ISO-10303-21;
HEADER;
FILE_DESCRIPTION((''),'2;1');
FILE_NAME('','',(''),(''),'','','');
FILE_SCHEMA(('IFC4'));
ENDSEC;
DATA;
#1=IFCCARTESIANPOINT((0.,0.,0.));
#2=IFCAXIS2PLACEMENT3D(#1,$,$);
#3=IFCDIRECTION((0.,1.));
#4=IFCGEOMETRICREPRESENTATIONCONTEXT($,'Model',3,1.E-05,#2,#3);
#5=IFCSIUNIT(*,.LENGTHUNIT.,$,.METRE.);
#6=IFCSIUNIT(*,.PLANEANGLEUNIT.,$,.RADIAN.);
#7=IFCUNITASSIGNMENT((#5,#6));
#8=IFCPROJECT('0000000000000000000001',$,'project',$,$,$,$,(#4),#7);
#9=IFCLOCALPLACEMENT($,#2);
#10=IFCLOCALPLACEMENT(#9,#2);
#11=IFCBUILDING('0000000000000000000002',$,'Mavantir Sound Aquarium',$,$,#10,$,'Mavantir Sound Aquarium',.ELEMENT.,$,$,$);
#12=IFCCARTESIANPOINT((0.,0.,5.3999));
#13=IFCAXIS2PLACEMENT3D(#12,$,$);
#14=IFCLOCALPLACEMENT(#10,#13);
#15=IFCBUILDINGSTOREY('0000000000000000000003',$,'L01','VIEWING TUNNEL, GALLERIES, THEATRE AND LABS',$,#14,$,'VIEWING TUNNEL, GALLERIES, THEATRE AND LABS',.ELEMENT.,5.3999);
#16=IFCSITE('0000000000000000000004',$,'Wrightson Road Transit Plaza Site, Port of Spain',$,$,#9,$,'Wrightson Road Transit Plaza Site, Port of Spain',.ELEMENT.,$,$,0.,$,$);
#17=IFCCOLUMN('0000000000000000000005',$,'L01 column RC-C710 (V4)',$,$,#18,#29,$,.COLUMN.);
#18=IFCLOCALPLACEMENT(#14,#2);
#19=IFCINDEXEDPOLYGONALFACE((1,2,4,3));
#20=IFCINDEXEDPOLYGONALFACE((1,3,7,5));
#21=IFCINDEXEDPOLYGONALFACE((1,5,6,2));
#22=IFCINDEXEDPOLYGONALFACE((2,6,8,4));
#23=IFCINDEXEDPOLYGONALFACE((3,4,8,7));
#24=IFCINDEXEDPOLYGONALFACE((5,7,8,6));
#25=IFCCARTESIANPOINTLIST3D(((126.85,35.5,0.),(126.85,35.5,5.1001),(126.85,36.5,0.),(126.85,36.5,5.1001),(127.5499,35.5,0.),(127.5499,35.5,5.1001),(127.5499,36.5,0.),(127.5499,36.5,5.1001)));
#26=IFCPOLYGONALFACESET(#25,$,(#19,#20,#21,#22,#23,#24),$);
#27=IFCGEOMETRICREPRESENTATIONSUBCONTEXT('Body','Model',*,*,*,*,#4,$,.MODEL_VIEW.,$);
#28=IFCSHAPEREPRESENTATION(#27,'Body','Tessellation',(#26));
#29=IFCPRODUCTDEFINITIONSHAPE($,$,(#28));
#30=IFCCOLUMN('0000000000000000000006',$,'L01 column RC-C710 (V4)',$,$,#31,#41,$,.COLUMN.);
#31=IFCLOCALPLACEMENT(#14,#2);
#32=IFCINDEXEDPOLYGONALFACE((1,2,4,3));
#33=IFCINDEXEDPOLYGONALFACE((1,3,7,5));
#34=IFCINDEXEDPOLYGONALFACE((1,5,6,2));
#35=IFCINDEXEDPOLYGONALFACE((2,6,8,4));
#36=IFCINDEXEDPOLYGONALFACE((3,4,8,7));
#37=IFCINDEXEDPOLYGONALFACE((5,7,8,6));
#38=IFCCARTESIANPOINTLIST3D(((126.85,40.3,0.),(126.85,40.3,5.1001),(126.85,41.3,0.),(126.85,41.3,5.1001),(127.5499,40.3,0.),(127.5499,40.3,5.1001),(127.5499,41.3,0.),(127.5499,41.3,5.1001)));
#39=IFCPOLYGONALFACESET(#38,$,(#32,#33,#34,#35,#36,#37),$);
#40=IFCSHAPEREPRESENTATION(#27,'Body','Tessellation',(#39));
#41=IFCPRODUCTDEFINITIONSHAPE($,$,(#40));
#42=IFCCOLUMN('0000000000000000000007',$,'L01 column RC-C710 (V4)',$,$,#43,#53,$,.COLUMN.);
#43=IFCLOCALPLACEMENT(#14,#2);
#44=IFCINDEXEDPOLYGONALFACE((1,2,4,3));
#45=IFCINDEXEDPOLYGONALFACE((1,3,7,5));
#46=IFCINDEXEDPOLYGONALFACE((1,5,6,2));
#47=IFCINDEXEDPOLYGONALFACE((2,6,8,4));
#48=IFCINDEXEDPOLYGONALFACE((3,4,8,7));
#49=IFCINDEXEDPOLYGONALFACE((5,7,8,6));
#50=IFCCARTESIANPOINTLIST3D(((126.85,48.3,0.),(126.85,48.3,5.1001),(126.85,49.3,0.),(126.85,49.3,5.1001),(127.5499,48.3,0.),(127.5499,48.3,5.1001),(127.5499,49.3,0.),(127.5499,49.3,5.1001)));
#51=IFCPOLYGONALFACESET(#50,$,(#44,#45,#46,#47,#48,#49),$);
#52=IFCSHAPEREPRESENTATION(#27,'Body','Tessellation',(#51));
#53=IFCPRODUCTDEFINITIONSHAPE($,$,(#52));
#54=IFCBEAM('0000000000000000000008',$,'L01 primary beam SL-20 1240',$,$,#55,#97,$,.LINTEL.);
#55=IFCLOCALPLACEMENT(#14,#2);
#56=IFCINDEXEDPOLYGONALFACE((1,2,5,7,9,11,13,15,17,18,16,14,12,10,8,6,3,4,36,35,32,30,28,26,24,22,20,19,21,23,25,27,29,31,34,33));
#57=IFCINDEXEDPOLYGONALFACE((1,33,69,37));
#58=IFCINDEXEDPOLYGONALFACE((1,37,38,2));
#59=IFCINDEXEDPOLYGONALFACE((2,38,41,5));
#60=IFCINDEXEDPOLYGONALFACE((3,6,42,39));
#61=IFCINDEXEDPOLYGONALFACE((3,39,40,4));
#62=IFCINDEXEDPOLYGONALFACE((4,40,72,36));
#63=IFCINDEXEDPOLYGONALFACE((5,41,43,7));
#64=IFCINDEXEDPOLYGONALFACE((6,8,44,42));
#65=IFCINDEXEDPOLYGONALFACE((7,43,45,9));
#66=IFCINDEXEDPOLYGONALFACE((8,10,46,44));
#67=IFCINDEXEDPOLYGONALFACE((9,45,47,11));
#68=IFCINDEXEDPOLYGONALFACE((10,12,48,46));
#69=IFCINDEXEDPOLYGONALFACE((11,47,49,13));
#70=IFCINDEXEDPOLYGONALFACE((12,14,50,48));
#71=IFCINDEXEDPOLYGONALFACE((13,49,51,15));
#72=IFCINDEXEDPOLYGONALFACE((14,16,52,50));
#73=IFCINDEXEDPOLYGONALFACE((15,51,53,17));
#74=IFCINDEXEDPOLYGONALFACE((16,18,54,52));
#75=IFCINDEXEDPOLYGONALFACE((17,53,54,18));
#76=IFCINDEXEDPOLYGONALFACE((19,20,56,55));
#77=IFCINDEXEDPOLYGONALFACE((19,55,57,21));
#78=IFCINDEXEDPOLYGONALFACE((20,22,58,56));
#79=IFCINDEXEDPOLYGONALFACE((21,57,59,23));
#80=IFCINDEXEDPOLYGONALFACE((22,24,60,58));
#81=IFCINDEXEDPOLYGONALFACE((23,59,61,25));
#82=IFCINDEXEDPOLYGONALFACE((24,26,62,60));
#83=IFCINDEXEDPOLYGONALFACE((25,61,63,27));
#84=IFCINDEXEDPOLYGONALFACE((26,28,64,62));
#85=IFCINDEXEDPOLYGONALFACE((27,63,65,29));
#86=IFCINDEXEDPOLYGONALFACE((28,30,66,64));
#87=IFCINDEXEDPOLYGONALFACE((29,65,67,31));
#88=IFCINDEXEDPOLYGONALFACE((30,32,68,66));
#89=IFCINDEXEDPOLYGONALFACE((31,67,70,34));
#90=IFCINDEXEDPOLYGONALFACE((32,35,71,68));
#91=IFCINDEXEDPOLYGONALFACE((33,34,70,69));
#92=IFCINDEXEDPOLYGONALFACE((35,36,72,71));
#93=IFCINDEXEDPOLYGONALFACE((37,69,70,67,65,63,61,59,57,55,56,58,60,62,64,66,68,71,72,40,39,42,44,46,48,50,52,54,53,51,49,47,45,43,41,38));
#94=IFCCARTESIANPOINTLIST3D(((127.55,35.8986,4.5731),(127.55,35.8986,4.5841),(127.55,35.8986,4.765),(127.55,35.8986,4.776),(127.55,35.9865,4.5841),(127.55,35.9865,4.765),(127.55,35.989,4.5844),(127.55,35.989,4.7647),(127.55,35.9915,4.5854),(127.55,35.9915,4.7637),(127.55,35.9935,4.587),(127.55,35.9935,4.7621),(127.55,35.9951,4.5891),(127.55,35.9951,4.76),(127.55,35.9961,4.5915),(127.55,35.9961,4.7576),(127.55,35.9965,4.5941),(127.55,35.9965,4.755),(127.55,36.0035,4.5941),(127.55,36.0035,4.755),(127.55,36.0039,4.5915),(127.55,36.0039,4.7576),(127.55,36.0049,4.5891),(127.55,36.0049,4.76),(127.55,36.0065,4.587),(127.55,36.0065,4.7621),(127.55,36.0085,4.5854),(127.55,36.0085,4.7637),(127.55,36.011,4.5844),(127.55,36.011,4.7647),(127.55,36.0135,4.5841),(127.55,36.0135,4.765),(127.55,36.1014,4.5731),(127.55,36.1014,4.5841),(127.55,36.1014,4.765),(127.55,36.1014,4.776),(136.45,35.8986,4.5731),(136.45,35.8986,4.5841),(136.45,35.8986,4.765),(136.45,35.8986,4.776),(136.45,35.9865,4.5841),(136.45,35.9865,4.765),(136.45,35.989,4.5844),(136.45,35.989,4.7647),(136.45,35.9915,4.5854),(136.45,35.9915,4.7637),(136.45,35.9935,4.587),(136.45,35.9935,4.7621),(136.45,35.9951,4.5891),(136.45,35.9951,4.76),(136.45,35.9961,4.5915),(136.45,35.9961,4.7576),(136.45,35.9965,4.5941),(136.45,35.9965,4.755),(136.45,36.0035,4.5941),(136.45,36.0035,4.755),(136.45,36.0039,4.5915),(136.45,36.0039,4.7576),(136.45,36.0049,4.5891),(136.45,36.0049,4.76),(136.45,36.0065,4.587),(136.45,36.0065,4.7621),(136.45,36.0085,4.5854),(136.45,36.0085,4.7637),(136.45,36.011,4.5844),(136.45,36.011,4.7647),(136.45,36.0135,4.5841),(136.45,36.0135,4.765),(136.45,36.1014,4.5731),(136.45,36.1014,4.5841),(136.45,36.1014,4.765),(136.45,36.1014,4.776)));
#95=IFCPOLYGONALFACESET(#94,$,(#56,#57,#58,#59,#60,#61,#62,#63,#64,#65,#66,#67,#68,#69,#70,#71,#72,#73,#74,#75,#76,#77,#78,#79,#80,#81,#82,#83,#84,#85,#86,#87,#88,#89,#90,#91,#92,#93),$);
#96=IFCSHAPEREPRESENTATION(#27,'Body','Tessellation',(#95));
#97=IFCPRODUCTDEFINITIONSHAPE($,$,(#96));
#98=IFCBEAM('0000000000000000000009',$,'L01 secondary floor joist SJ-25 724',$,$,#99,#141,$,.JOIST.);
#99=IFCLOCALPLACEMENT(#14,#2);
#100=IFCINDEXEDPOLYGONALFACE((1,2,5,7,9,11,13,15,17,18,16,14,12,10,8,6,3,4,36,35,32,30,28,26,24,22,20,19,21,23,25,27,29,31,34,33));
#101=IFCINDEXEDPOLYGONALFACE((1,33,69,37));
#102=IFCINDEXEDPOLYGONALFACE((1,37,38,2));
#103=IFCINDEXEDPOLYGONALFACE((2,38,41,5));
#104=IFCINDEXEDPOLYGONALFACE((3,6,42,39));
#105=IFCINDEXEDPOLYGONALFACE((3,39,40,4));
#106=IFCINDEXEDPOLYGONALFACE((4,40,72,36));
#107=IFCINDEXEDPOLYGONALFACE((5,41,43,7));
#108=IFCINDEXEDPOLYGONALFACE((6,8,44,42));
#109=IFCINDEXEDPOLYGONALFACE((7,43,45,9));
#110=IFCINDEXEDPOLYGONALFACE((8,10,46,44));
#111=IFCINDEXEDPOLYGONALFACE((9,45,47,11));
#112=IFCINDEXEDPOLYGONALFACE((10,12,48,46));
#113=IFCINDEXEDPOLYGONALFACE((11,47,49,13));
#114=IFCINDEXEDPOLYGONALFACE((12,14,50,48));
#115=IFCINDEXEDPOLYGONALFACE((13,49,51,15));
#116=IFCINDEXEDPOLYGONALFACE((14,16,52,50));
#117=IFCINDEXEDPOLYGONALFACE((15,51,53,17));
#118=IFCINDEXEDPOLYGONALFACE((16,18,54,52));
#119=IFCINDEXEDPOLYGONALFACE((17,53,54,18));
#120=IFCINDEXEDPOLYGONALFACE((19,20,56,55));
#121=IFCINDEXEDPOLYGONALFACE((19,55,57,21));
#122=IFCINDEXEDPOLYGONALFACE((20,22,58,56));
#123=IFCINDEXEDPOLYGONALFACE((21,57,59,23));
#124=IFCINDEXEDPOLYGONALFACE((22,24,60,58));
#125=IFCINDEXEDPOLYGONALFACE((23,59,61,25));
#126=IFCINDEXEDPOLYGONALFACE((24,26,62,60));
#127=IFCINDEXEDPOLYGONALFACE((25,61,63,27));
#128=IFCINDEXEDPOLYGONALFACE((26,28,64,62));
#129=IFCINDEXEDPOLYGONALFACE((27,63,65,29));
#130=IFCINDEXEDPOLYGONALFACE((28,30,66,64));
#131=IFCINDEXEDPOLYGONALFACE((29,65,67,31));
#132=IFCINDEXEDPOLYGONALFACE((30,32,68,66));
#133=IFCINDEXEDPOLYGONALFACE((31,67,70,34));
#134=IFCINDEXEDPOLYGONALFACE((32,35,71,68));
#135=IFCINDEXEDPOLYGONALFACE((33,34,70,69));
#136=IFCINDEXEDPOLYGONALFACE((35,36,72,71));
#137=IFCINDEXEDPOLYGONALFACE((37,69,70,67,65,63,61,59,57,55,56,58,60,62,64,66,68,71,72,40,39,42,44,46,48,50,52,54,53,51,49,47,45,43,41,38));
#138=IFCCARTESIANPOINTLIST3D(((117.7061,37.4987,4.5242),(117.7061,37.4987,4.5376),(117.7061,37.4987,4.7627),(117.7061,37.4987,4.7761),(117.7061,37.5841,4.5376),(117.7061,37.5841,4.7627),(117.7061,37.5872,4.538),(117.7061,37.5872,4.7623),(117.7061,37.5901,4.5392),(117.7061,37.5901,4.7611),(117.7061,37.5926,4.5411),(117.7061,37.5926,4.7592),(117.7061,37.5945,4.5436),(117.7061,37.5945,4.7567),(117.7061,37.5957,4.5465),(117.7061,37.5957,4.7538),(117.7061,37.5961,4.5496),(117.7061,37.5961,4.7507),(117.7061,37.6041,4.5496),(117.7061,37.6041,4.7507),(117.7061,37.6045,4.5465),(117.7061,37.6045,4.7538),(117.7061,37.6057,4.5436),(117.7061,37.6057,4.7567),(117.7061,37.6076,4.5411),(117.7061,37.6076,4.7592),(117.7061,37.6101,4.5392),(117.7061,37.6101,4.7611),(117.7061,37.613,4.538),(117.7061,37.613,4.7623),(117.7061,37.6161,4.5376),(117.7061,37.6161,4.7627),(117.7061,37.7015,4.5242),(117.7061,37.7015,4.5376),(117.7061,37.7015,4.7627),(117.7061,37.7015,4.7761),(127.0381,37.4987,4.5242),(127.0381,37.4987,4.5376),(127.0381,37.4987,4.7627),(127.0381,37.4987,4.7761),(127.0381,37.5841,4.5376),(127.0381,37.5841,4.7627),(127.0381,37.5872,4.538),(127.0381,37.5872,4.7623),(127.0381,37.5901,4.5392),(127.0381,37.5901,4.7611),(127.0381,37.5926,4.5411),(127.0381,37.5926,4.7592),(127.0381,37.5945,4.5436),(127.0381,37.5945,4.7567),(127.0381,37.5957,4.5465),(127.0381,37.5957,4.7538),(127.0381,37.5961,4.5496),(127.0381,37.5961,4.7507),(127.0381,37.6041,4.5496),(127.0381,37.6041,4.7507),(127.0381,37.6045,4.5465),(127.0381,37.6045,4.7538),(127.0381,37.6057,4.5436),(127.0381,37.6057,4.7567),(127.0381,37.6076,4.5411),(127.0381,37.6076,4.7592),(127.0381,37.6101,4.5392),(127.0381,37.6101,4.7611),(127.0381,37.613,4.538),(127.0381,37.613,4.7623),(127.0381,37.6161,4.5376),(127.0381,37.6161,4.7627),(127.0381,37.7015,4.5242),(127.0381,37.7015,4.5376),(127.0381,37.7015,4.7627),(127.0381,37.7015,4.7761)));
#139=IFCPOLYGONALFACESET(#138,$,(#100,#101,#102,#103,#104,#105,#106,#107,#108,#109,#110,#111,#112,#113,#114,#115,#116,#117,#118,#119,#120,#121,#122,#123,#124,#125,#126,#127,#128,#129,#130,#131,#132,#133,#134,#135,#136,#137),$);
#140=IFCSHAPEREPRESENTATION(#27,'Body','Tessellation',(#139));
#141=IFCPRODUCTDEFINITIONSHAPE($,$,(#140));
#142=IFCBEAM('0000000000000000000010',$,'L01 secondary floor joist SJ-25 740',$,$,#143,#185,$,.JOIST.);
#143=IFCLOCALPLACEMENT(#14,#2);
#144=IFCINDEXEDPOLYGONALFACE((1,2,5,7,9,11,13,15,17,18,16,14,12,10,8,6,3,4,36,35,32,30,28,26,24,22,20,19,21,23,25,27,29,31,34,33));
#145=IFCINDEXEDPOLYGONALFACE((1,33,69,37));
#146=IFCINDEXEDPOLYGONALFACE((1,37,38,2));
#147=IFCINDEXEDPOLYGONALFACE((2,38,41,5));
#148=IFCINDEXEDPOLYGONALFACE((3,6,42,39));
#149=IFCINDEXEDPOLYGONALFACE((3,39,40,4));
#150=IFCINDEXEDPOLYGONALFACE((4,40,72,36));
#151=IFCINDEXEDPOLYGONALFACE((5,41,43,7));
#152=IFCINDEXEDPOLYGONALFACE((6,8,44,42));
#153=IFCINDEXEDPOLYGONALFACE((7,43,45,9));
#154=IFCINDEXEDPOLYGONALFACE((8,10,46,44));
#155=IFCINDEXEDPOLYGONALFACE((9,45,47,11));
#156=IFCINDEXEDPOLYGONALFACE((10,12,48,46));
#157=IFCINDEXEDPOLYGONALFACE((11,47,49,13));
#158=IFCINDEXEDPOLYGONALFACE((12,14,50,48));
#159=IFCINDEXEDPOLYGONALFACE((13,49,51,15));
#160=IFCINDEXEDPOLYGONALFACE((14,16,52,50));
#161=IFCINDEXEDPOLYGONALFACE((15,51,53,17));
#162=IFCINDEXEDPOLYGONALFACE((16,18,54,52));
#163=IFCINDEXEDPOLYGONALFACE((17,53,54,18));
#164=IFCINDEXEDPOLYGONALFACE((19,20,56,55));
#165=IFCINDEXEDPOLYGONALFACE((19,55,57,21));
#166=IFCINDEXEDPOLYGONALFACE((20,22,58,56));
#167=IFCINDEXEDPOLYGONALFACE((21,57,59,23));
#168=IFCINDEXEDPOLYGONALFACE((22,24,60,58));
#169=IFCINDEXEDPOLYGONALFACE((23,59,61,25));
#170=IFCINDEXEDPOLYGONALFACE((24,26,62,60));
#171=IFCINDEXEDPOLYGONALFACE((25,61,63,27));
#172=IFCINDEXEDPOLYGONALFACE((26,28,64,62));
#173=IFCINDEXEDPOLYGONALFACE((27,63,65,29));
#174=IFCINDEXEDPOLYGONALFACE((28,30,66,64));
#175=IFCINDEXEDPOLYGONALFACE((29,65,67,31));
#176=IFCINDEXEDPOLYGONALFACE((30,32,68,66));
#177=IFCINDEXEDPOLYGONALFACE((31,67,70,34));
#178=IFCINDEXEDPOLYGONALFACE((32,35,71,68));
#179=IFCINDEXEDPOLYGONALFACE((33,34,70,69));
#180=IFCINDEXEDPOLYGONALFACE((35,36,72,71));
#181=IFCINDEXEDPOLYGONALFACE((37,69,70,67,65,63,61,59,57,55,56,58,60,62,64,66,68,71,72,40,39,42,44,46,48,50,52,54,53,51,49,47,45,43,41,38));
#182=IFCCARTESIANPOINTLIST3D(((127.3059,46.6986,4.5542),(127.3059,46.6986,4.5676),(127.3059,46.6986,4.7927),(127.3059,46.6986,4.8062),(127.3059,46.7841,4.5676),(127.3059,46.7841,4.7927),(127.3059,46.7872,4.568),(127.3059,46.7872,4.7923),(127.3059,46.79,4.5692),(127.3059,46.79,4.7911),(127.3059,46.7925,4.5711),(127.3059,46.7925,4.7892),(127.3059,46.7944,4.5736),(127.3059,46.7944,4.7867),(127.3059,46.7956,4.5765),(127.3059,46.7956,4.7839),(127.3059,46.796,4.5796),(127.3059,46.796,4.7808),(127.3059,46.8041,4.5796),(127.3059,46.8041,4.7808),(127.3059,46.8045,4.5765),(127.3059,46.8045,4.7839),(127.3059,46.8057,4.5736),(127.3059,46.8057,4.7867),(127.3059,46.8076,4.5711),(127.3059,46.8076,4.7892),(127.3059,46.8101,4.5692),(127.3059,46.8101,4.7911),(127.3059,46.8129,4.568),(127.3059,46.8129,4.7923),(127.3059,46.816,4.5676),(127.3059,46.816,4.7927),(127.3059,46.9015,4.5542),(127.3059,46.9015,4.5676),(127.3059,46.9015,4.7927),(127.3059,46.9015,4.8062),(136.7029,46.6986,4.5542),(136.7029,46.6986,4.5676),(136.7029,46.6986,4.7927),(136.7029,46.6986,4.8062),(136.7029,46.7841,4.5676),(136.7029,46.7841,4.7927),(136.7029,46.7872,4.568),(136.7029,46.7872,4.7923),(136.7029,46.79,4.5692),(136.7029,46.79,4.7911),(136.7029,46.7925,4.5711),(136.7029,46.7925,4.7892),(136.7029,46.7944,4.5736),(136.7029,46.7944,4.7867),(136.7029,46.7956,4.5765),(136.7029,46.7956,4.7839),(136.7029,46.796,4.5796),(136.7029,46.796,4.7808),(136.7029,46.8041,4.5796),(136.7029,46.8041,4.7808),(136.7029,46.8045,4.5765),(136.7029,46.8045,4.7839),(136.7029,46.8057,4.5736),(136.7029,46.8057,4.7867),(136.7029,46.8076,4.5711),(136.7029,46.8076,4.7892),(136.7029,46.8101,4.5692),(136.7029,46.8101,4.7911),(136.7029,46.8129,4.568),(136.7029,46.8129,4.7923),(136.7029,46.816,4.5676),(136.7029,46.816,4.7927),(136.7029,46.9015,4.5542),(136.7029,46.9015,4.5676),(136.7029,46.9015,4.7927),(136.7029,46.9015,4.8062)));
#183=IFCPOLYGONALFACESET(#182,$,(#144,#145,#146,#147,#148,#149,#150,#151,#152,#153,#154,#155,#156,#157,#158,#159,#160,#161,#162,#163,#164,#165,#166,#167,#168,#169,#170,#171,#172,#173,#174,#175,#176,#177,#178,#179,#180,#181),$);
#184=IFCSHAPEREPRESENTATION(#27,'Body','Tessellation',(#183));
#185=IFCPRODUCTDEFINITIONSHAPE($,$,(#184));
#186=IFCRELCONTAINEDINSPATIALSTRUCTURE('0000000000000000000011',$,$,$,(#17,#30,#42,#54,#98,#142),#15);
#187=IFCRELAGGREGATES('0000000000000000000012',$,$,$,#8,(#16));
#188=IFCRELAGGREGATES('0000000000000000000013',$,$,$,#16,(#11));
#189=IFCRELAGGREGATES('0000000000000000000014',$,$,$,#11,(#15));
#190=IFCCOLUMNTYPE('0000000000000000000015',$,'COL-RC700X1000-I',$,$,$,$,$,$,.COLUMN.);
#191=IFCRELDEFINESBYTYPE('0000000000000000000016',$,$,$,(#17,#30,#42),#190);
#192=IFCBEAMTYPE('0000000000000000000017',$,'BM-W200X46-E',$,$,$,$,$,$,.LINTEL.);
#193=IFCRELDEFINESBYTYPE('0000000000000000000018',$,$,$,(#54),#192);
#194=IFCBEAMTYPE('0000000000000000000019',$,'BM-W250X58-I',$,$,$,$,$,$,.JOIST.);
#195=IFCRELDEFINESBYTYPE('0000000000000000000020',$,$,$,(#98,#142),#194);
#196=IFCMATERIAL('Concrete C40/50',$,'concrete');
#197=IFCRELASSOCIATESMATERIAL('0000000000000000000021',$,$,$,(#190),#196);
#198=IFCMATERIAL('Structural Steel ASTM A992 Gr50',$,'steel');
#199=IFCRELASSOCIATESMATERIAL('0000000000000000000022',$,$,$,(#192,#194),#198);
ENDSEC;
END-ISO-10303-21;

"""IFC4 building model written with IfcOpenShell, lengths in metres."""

from ifc_helpers import new_model, si_unit, direction, frame, origin, origin_2d, place, context, subcontext, project, spatial, rectangle, i_section, extrude, material, material_profile, profile_set, type_object, element, save


model = new_model("IFC4")

# Units and contexts
model_context = context("Model", 3, precision=1e-05, world=origin(), true_north=direction((0.0, 1.0)))
body_context = subcontext(model_context, "Body", "Model", "MODEL_VIEW")
ifc_project = project(units=[si_unit("LENGTHUNIT", "METRE"), si_unit("PLANEANGLEUNIT", "RADIAN")], contexts=[model_context])

# Site, building, storey
site_placement = place(None, origin())
site = spatial("IfcSite", under=ifc_project, at=site_placement, Name="Wrightson Road Transit Plaza Site, Port of Spain", LongName="Wrightson Road Transit Plaza Site, Port of Spain", CompositionType="ELEMENT", RefElevation=0.0)
building_placement = place(site_placement, origin())
building = spatial("IfcBuilding", under=site, at=building_placement, Name="Mavantir Sound Aquarium", LongName="Mavantir Sound Aquarium", CompositionType="ELEMENT")
storey_placement = place(building_placement, frame((0.0, 0.0, 5.3999)))
storey = spatial("IfcBuildingStorey", under=building, at=storey_placement, Name="L01", Description="VIEWING TUNNEL, GALLERIES, THEATRE AND LABS", LongName="VIEWING TUNNEL, GALLERIES, THEATRE AND LABS", CompositionType="ELEMENT", Elevation=5.3999)

# Columns
ifc_material_1 = material(Name="Concrete C40/50", Category="concrete")
ifc_material_profile_1 = material_profile(ifc_material_1, rectangle(XDim=0.7, YDim=1.0, at=origin_2d()), Name="RC 700X1000")
ifc_profile_set_1 = profile_set([ifc_material_profile_1], Name="Concrete C40/50")
column_type = type_object("IfcColumnType", Name="COL-RC700X1000-I", PredefinedType="COLUMN", material=ifc_profile_set_1)
for number, where, z_axis, x_axis, name in (
    (1, (127.2, 36.0, 0.0), (0.0, 0.0, 1.0), (1.0, 0.0, 0.0), "L01 column RC-C710 (V4)"),
    (2, (127.2, 40.8, 0.0), (0.0, 0.0, 1.0), (1.0, 0.0, 0.0), "L01 column RC-C710 (V4)"),
    (3, (127.2, 48.8, 0.0), (0.0, 0.0, 1.0), (1.0, 0.0, 0.0), "L01 column RC-C710 (V4)"),
):
    element("IfcColumn", number, at=place(storey_placement, frame(where, z_axis=z_axis, x_axis=x_axis)), inside=storey, type_object=column_type, Name=name, PredefinedType="COLUMN", context=body_context, shape_type="SweptSolid", body=[
        extrude(rectangle(XDim=0.7, YDim=1.0, at=origin_2d()), origin(), (0.0, 0.0, 1.0), 5.1001),
    ])

# Beams
ifc_material_2 = material(Name="Structural Steel ASTM A992 Gr50", Category="steel")
ifc_material_profile_2 = material_profile(ifc_material_2, i_section(OverallWidth=0.2029, OverallDepth=0.2029, WebThickness=0.0071, FlangeThickness=0.011, FilletRadius=0.01, at=origin_2d()), Name="W200X46")
ifc_profile_set_2 = profile_set([ifc_material_profile_2], Name="Structural Steel ASTM A992 Gr50")
beam_type_1 = type_object("IfcBeamType", Name="BM-W200X46-E", PredefinedType="LINTEL", material=ifc_profile_set_2)
beam_1_placement = place(storey_placement, frame((127.55, 36.0, 4.6746), z_axis=(1.0, 0.0, 0.0), x_axis=(0.0, 1.0, 0.0)))
element("IfcBeam", 4, at=beam_1_placement, inside=storey, type_object=beam_type_1, Name="L01 primary beam SL-20 1240", PredefinedType="LINTEL", context=body_context, shape_type="SweptSolid", body=[
    extrude(i_section(OverallWidth=0.2029, OverallDepth=0.2029, WebThickness=0.0071, FlangeThickness=0.011, FilletRadius=0.01, at=origin_2d()), origin(), (0.0, 0.0, 1.0), 8.8999),
])
ifc_material_profile_3 = material_profile(ifc_material_2, i_section(OverallWidth=0.2029, OverallDepth=0.252, WebThickness=0.0081, FlangeThickness=0.0134, FilletRadius=0.012, at=origin_2d()), Name="W250X58")
ifc_profile_set_3 = profile_set([ifc_material_profile_3], Name="Structural Steel ASTM A992 Gr50")
beam_type_2 = type_object("IfcBeamType", Name="BM-W250X58-I", PredefinedType="JOIST", material=ifc_profile_set_3)
beam_2_placement = place(storey_placement, frame((117.7061, 37.6001, 4.6501), z_axis=(1.0, 0.0, 0.0), x_axis=(0.0, 1.0, 0.0)))
element("IfcBeam", 5, at=beam_2_placement, inside=storey, type_object=beam_type_2, Name="L01 secondary floor joist SJ-25 724", PredefinedType="JOIST", context=body_context, shape_type="SweptSolid", body=[
    extrude(i_section(OverallWidth=0.2029, OverallDepth=0.252, WebThickness=0.0081, FlangeThickness=0.0134, FilletRadius=0.012, at=origin_2d()), origin(), (0.0, 0.0, 1.0), 9.332),
])
beam_3_placement = place(storey_placement, frame((127.3059, 46.8, 4.6802), z_axis=(1.0, 0.0, 0.0), x_axis=(0.0, 1.0, 0.0)))
element("IfcBeam", 6, at=beam_3_placement, inside=storey, type_object=beam_type_2, Name="L01 secondary floor joist SJ-25 740", PredefinedType="JOIST", context=body_context, shape_type="SweptSolid", body=[
    extrude(i_section(OverallWidth=0.2029, OverallDepth=0.252, WebThickness=0.0081, FlangeThickness=0.0134, FilletRadius=0.012, at=origin_2d()), origin(), (0.0, 0.0, 1.0), 9.397),
])

save(model, "model.ifc")
